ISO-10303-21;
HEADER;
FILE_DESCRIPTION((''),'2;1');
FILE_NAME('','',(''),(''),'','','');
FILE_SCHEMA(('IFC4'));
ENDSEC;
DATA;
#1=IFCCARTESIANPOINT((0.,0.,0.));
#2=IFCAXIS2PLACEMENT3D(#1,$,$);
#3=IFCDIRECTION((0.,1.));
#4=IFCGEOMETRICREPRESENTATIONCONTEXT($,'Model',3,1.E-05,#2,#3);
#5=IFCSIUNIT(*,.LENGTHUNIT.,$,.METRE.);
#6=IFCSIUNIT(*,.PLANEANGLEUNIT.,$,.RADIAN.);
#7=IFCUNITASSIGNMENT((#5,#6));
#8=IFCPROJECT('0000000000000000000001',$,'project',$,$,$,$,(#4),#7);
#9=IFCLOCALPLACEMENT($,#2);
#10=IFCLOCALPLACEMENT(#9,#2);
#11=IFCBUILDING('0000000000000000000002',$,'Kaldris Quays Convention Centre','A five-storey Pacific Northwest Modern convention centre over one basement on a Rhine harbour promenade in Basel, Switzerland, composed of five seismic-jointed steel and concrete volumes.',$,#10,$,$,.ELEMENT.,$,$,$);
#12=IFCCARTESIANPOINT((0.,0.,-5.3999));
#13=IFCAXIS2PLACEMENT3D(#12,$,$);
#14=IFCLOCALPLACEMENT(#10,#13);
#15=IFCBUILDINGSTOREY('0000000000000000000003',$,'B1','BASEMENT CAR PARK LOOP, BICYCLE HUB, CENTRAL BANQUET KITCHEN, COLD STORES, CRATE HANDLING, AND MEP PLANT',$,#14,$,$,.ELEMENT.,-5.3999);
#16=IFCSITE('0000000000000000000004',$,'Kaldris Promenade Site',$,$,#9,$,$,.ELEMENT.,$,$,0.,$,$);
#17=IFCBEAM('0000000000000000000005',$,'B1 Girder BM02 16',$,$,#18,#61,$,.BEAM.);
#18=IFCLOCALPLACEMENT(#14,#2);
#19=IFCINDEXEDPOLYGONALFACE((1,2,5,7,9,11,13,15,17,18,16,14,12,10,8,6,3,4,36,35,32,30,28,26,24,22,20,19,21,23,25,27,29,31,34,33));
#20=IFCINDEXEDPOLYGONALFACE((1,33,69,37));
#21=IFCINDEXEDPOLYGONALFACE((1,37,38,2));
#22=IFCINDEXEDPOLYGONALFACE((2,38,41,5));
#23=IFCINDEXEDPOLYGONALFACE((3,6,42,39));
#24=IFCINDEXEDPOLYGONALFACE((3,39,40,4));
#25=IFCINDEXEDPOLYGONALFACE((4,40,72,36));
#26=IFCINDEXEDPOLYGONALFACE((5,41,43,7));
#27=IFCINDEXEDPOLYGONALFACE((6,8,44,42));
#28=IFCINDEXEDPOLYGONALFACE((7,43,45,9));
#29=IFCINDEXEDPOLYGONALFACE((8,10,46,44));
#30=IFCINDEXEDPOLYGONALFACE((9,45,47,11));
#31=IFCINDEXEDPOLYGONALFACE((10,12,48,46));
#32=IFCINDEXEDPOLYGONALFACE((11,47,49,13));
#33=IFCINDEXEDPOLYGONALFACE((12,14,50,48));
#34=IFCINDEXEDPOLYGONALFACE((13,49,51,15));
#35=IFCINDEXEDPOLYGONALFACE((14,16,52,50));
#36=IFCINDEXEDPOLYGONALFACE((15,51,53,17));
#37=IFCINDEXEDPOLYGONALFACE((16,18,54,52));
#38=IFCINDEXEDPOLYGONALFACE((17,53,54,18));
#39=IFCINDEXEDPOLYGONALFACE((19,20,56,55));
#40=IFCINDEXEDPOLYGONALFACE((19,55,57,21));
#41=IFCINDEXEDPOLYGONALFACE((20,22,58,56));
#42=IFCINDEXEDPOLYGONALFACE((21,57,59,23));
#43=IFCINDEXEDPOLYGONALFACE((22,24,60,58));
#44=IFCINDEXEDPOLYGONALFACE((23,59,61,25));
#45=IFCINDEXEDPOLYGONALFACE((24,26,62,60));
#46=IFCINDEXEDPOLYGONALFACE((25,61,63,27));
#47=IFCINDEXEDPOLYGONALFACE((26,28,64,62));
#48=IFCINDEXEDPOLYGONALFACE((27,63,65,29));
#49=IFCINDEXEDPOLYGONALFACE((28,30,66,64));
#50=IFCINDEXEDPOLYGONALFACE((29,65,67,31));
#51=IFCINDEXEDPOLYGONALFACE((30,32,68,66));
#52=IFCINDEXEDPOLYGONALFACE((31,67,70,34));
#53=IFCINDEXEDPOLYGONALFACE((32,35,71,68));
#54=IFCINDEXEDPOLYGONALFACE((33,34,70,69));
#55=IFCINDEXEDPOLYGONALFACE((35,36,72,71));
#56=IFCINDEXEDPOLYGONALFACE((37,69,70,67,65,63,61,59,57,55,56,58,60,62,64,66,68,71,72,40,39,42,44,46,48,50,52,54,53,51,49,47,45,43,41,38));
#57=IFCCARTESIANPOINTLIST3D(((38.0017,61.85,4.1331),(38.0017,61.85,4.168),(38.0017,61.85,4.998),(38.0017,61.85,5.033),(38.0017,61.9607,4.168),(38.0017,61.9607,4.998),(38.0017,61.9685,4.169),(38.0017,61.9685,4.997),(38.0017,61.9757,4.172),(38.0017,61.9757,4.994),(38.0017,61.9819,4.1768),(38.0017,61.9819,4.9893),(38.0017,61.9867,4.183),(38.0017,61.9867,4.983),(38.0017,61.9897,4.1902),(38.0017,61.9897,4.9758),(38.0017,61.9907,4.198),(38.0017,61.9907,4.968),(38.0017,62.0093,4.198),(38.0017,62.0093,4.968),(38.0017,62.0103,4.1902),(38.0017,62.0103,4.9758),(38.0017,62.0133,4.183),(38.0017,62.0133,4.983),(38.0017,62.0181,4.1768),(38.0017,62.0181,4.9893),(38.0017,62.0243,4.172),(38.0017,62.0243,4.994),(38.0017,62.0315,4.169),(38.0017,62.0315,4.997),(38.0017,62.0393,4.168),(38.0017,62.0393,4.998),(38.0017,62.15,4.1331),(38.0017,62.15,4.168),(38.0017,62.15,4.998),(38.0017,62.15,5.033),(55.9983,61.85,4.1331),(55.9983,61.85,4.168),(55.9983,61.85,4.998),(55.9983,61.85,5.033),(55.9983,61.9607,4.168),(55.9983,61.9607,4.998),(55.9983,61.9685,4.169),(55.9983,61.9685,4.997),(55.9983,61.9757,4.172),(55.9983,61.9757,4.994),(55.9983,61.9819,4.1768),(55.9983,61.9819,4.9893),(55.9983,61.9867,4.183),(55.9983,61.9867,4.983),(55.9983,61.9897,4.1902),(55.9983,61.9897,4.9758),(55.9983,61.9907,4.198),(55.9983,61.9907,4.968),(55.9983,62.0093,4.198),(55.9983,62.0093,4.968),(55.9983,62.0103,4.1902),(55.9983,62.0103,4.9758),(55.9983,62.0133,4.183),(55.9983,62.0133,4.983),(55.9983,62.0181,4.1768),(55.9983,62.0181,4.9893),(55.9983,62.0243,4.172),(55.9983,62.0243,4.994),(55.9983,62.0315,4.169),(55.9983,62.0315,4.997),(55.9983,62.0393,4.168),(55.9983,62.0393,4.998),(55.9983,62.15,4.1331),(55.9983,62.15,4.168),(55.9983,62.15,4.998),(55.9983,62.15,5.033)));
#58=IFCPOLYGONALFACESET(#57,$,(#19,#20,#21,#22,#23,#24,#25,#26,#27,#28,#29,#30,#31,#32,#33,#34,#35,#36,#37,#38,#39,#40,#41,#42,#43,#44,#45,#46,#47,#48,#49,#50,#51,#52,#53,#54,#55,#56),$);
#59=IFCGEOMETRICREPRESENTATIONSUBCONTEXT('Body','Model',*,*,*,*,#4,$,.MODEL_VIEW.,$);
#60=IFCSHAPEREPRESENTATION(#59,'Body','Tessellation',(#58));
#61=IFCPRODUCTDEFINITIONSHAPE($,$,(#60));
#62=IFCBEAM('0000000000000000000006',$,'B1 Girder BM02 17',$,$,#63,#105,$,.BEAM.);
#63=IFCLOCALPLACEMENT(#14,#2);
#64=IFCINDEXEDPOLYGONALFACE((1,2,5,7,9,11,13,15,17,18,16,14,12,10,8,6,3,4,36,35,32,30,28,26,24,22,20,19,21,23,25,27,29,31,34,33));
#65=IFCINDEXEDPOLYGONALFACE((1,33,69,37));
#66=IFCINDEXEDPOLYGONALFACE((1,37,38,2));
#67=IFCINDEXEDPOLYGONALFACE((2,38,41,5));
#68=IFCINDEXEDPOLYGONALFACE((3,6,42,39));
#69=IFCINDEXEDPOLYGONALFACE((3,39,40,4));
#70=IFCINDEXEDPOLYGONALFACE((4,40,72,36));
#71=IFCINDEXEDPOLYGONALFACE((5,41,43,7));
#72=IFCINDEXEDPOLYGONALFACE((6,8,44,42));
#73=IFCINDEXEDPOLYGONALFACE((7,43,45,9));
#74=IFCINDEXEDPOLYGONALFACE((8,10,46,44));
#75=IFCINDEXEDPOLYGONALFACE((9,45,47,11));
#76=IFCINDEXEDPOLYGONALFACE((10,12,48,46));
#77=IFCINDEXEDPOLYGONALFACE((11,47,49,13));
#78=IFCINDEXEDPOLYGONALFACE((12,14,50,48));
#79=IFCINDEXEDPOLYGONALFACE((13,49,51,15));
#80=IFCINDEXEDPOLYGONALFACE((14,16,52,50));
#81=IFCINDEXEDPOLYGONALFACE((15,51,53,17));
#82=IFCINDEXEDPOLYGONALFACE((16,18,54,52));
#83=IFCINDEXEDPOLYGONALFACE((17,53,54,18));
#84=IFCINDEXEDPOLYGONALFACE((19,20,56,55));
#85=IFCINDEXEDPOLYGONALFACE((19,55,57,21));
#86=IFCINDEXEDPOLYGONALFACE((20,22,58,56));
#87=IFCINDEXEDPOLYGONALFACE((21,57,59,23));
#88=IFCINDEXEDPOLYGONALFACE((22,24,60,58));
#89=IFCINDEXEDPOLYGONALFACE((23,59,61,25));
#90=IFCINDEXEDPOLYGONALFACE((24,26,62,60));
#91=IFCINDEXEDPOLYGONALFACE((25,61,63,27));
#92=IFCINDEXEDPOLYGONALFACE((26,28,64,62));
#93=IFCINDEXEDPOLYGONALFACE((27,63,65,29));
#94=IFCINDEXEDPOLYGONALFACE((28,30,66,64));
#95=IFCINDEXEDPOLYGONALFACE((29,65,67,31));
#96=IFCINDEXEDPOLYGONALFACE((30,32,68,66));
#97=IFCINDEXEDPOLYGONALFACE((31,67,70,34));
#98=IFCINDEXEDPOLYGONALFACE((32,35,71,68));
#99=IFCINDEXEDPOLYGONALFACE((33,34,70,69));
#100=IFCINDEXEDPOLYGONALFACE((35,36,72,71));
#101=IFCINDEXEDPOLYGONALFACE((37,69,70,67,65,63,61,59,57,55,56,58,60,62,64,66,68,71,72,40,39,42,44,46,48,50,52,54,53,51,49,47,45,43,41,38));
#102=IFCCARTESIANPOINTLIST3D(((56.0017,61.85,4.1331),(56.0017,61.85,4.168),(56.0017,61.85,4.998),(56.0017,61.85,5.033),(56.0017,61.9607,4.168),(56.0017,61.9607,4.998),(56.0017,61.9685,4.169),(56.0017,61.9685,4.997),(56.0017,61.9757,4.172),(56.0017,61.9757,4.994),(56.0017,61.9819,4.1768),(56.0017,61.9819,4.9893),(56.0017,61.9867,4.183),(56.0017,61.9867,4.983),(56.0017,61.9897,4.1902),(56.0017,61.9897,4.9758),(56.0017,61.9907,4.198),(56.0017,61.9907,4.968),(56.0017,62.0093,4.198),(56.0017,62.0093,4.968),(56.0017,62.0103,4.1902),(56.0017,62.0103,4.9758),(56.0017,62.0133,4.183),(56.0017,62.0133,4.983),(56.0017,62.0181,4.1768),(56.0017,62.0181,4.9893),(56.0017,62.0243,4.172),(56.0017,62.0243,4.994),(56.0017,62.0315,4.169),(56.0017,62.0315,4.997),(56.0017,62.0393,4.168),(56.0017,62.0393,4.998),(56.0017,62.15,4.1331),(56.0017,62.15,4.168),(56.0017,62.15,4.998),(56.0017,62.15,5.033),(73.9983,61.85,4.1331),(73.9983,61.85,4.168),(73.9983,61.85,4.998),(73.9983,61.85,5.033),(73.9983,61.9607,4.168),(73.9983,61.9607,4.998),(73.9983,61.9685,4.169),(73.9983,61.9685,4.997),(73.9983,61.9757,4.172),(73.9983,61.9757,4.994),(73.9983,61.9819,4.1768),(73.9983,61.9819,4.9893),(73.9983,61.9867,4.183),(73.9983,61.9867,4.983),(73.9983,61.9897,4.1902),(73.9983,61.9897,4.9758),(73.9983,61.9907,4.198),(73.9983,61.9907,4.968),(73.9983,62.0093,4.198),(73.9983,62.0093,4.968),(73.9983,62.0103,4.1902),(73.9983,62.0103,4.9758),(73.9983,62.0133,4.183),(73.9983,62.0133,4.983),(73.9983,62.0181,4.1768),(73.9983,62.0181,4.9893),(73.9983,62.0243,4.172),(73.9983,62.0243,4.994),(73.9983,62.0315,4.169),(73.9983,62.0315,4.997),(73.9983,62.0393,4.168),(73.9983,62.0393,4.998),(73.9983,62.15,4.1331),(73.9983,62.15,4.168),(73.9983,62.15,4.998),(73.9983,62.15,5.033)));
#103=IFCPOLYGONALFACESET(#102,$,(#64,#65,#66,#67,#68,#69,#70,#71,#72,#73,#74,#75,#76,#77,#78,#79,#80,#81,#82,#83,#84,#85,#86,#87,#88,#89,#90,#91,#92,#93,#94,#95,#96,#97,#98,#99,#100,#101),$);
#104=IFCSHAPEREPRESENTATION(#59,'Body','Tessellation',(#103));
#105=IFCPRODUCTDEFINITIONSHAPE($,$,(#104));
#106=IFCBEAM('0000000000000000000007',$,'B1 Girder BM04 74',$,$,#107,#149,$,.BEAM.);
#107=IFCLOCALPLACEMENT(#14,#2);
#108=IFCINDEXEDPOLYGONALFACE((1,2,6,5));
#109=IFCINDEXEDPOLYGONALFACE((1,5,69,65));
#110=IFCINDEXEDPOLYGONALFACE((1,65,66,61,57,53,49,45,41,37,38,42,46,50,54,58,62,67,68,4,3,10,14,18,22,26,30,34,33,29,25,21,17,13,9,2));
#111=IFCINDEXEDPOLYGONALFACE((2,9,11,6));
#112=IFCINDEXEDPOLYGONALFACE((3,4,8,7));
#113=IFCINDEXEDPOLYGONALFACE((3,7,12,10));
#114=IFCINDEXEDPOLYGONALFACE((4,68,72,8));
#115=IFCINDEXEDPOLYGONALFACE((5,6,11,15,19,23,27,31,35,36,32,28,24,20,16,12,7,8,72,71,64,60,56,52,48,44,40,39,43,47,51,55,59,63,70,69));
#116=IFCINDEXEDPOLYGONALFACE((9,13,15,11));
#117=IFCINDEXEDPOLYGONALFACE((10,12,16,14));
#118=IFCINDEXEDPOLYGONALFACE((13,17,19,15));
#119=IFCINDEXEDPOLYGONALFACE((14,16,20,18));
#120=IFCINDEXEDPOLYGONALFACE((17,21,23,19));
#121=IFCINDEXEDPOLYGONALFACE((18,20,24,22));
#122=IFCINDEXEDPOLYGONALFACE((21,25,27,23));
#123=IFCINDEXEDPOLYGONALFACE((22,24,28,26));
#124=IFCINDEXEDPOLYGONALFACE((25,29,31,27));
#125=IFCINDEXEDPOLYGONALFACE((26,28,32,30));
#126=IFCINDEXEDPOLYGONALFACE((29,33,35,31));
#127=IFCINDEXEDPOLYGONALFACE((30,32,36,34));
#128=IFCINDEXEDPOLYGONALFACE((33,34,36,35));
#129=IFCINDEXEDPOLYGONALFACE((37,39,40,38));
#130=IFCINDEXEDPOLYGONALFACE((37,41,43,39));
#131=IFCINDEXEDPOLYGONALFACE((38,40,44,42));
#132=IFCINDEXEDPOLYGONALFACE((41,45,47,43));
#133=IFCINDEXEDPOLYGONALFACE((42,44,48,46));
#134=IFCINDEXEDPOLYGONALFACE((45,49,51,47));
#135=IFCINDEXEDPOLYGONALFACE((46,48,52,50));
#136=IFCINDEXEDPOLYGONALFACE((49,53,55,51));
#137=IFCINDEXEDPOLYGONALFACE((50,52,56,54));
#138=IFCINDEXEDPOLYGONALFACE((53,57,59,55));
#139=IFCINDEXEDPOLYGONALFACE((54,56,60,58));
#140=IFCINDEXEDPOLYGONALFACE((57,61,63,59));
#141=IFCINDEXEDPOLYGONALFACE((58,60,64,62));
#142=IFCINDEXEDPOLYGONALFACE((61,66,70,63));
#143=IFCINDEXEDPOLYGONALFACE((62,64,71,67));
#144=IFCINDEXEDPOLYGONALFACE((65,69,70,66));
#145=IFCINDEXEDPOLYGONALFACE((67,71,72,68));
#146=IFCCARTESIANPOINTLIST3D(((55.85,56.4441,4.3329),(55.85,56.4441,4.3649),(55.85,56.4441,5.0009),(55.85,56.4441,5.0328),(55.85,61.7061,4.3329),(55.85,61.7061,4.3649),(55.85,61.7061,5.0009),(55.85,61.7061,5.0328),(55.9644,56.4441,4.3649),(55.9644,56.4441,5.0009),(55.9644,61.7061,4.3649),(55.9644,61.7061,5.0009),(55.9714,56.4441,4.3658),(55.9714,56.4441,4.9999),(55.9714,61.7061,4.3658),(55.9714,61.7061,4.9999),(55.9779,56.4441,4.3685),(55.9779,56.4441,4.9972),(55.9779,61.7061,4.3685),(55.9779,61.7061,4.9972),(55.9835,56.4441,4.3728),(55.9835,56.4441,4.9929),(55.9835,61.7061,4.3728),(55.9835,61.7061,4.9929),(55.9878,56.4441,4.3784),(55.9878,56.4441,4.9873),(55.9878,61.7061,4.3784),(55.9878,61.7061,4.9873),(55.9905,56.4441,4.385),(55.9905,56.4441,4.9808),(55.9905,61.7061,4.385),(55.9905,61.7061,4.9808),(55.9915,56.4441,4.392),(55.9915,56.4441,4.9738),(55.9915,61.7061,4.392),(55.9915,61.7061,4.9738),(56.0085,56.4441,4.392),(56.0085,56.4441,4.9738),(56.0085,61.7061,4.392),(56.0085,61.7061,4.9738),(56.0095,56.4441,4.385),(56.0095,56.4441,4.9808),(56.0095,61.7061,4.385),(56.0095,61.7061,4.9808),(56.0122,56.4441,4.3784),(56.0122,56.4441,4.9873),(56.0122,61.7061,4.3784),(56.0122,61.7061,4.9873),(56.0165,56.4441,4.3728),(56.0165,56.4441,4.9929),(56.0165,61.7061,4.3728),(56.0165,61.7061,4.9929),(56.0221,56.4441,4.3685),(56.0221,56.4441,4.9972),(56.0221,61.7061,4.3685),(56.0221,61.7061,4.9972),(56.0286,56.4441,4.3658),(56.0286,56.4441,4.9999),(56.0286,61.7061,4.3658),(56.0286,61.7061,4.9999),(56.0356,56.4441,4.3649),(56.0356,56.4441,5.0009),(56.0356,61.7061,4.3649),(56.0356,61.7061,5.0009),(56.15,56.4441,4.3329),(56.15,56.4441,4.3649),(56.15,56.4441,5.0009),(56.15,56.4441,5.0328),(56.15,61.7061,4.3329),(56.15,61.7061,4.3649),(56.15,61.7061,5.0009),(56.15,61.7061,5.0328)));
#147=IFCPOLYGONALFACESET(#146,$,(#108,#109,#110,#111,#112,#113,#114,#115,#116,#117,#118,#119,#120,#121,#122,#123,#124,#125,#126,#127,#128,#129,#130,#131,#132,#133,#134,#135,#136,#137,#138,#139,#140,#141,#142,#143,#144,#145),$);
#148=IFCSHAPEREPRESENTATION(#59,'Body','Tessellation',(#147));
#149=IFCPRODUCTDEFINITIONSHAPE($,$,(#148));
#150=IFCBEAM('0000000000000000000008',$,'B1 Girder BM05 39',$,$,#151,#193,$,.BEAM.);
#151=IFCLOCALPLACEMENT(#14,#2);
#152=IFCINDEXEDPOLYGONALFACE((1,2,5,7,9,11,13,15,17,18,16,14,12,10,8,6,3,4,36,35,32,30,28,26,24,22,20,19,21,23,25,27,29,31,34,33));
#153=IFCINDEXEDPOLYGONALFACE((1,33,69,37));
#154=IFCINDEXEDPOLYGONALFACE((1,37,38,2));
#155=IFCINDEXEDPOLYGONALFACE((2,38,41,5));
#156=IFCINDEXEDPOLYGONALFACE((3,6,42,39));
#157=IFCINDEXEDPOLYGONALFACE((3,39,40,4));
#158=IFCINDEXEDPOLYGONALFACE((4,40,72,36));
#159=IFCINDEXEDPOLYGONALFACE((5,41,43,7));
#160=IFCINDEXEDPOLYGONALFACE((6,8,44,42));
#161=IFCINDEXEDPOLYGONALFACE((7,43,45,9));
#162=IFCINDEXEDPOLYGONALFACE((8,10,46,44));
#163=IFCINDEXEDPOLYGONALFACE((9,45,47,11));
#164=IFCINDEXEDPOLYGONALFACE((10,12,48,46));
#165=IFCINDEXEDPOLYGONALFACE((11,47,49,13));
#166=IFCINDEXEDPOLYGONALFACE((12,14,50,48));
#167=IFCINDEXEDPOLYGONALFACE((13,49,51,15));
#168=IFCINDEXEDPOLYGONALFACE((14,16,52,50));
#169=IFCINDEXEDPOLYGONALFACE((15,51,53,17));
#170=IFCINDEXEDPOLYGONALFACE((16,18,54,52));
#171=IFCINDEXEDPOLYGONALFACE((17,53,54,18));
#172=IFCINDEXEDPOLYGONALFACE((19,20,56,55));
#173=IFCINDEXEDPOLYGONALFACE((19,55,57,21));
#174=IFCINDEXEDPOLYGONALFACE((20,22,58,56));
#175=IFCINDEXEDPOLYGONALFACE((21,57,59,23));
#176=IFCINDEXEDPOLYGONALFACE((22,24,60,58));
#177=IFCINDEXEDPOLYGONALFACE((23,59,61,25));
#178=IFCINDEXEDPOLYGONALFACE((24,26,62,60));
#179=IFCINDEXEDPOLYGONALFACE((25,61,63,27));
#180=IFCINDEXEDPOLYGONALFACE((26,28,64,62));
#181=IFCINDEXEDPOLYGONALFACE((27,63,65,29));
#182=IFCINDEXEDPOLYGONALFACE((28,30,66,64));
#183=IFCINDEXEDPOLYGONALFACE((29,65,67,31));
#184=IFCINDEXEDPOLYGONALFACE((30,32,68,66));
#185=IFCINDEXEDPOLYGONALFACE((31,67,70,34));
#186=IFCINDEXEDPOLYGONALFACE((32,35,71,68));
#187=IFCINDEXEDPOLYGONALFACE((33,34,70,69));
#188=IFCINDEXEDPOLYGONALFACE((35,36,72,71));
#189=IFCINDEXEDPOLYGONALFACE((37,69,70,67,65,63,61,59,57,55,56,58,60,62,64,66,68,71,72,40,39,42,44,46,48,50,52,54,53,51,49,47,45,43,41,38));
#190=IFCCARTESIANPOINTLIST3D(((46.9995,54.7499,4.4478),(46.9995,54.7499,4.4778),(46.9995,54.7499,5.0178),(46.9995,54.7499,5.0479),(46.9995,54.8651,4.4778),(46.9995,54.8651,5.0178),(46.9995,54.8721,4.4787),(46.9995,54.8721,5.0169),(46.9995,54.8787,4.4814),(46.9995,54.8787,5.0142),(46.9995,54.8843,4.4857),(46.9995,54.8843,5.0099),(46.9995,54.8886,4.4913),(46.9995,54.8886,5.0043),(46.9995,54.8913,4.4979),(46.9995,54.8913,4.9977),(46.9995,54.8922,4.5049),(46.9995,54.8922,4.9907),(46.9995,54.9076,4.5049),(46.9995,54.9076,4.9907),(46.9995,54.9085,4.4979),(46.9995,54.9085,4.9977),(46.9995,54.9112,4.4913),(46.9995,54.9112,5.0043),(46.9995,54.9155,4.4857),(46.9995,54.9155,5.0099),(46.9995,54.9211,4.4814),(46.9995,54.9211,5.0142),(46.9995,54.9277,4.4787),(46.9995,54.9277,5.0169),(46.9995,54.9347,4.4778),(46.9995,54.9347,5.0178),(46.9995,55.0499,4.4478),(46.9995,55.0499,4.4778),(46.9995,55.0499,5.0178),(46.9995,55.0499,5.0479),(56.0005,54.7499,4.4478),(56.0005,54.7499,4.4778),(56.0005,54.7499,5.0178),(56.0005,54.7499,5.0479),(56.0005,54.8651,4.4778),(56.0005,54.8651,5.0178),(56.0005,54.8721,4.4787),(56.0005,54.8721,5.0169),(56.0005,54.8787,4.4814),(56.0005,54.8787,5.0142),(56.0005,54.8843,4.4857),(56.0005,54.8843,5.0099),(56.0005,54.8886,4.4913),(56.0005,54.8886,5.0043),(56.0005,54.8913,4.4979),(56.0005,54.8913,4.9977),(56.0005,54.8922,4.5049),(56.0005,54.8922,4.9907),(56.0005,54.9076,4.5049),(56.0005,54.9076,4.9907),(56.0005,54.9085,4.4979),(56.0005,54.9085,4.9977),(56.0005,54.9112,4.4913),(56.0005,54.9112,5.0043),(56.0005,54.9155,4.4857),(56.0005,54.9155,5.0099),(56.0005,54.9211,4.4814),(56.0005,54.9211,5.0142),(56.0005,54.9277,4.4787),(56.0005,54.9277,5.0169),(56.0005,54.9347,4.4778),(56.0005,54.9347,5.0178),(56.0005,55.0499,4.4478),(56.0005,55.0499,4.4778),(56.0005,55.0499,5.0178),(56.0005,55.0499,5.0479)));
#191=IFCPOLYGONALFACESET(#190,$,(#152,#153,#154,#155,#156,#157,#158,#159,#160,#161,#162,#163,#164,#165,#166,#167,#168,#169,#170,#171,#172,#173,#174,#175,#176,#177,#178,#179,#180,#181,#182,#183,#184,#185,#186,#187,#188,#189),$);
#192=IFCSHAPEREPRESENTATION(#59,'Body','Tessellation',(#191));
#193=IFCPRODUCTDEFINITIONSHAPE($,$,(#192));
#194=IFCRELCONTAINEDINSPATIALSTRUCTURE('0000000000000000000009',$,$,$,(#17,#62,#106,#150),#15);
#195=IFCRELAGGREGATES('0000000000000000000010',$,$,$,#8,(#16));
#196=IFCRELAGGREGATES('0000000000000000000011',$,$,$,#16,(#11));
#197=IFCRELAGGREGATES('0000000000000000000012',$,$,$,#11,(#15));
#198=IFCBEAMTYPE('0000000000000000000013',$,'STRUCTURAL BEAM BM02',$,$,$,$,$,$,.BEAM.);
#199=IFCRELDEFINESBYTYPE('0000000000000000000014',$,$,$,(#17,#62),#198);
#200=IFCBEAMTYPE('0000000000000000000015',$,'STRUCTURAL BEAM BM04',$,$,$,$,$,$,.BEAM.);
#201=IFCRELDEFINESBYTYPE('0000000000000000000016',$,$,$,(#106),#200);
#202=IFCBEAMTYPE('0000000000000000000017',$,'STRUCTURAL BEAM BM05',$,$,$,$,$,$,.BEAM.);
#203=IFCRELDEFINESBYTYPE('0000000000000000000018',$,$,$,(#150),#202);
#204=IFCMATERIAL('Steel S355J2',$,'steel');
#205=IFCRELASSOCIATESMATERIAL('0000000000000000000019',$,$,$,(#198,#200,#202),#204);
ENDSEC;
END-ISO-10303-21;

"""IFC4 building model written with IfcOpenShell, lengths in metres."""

from ifc_helpers import new_model, si_unit, direction, frame, origin, origin_2d, place, context, subcontext, project, spatial, i_section, extrude, material, material_profile, profile_set, type_object, element, save


model = new_model("IFC4")

# Units and contexts
model_context = context("Model", 3, precision=1e-05, world=origin(), true_north=direction((0.0, 1.0)))
body_context = subcontext(model_context, "Body", "Model", "MODEL_VIEW")
ifc_project = project(units=[si_unit("LENGTHUNIT", "METRE"), si_unit("PLANEANGLEUNIT", "RADIAN")], contexts=[model_context])

# Site, building, storey
site_placement = place(None, origin())
site = spatial("IfcSite", under=ifc_project, at=site_placement, Name="Kaldris Promenade Site", CompositionType="ELEMENT", RefElevation=0.0)
building_placement = place(site_placement, origin())
building = spatial("IfcBuilding", under=site, at=building_placement, Name="Kaldris Quays Convention Centre", Description="A five-storey Pacific Northwest Modern convention centre over one basement on a Rhine harbour promenade in Basel, Switzerland, composed of five seismic-jointed steel and concrete volumes.", CompositionType="ELEMENT")
storey_placement = place(building_placement, frame((0.0, 0.0, -5.3999)))
storey = spatial("IfcBuildingStorey", under=building, at=storey_placement, Name="B1", Description="BASEMENT CAR PARK LOOP, BICYCLE HUB, CENTRAL BANQUET KITCHEN, COLD STORES, CRATE HANDLING, AND MEP PLANT", CompositionType="ELEMENT", Elevation=-5.3999)

# Shared definitions
ifc_material_1 = material(Name="Steel S355J2", Category="steel")

# Beams
ifc_material_profile_1 = material_profile(ifc_material_1, i_section(OverallWidth=0.3, OverallDepth=0.8999, WebThickness=0.0186, FlangeThickness=0.0349, FilletRadius=0.03, at=origin_2d()), Name="HEB 900")
ifc_profile_set_1 = profile_set([ifc_material_profile_1], Name="Steel S355J2")
beam_type_1 = type_object("IfcBeamType", Name="STRUCTURAL BEAM BM02", PredefinedType="BEAM", material=ifc_profile_set_1)
for number, where, z_axis, x_axis, name in (
    (1, (38.0017, 62.0, 4.583), (1.0, 0.0, 0.0), (0.0, 1.0, 0.0), "B1 Girder BM02 16"),
    (2, (56.0017, 62.0, 4.583), (1.0, 0.0, 0.0), (0.0, 1.0, 0.0), "B1 Girder BM02 17"),
):
    element("IfcBeam", number, at=place(storey_placement, frame(where, z_axis=z_axis, x_axis=x_axis)), inside=storey, type_object=beam_type_1, Name=name, PredefinedType="BEAM", context=body_context, shape_type="SweptSolid", body=[
        extrude(i_section(OverallWidth=0.3, OverallDepth=0.8999, WebThickness=0.0186, FlangeThickness=0.0349, FilletRadius=0.03, at=origin_2d()), origin(), (0.0, 0.0, 1.0), 17.9966),
    ])
ifc_material_profile_2 = material_profile(ifc_material_1, i_section(OverallWidth=0.3, OverallDepth=0.7, WebThickness=0.0171, FlangeThickness=0.032, FilletRadius=0.0271, at=origin_2d()), Name="HEB 700")
ifc_profile_set_2 = profile_set([ifc_material_profile_2], Name="Steel S355J2")
beam_type_2 = type_object("IfcBeamType", Name="STRUCTURAL BEAM BM04", PredefinedType="BEAM", material=ifc_profile_set_2)
beam_1_placement = place(storey_placement, frame((56.0, 56.4441, 4.6829), z_axis=(0.0, 1.0, 0.0), x_axis=(-1.0, 0.0, 0.0)))
element("IfcBeam", 3, at=beam_1_placement, inside=storey, type_object=beam_type_2, Name="B1 Girder BM04 74", PredefinedType="BEAM", context=body_context, shape_type="SweptSolid", body=[
    extrude(i_section(OverallWidth=0.3, OverallDepth=0.7, WebThickness=0.0171, FlangeThickness=0.032, FilletRadius=0.0271, at=origin_2d()), origin(), (0.0, 0.0, 1.0), 5.262),
])
ifc_material_profile_3 = material_profile(ifc_material_1, i_section(OverallWidth=0.3, OverallDepth=0.6001, WebThickness=0.0154, FlangeThickness=0.03, FilletRadius=0.0271, at=origin_2d()), Name="HEB 600")
ifc_profile_set_3 = profile_set([ifc_material_profile_3], Name="Steel S355J2")
beam_type_3 = type_object("IfcBeamType", Name="STRUCTURAL BEAM BM05", PredefinedType="BEAM", material=ifc_profile_set_3)
for number, where, z_axis, x_axis, name in (
    (4, (46.9995, 54.8999, 4.7478), (1.0, 0.0, 0.0), (0.0, 1.0, 0.0), "B1 Girder BM05 39"),
):
    element("IfcBeam", number, at=place(storey_placement, frame(where, z_axis=z_axis, x_axis=x_axis)), inside=storey, type_object=beam_type_3, Name=name, PredefinedType="BEAM", context=body_context, shape_type="SweptSolid", body=[
        extrude(i_section(OverallWidth=0.3, OverallDepth=0.6001, WebThickness=0.0154, FlangeThickness=0.03, FilletRadius=0.0271, at=origin_2d()), origin(), (0.0, 0.0, 1.0), 9.001),
    ])

save(model, "model.ifc")
